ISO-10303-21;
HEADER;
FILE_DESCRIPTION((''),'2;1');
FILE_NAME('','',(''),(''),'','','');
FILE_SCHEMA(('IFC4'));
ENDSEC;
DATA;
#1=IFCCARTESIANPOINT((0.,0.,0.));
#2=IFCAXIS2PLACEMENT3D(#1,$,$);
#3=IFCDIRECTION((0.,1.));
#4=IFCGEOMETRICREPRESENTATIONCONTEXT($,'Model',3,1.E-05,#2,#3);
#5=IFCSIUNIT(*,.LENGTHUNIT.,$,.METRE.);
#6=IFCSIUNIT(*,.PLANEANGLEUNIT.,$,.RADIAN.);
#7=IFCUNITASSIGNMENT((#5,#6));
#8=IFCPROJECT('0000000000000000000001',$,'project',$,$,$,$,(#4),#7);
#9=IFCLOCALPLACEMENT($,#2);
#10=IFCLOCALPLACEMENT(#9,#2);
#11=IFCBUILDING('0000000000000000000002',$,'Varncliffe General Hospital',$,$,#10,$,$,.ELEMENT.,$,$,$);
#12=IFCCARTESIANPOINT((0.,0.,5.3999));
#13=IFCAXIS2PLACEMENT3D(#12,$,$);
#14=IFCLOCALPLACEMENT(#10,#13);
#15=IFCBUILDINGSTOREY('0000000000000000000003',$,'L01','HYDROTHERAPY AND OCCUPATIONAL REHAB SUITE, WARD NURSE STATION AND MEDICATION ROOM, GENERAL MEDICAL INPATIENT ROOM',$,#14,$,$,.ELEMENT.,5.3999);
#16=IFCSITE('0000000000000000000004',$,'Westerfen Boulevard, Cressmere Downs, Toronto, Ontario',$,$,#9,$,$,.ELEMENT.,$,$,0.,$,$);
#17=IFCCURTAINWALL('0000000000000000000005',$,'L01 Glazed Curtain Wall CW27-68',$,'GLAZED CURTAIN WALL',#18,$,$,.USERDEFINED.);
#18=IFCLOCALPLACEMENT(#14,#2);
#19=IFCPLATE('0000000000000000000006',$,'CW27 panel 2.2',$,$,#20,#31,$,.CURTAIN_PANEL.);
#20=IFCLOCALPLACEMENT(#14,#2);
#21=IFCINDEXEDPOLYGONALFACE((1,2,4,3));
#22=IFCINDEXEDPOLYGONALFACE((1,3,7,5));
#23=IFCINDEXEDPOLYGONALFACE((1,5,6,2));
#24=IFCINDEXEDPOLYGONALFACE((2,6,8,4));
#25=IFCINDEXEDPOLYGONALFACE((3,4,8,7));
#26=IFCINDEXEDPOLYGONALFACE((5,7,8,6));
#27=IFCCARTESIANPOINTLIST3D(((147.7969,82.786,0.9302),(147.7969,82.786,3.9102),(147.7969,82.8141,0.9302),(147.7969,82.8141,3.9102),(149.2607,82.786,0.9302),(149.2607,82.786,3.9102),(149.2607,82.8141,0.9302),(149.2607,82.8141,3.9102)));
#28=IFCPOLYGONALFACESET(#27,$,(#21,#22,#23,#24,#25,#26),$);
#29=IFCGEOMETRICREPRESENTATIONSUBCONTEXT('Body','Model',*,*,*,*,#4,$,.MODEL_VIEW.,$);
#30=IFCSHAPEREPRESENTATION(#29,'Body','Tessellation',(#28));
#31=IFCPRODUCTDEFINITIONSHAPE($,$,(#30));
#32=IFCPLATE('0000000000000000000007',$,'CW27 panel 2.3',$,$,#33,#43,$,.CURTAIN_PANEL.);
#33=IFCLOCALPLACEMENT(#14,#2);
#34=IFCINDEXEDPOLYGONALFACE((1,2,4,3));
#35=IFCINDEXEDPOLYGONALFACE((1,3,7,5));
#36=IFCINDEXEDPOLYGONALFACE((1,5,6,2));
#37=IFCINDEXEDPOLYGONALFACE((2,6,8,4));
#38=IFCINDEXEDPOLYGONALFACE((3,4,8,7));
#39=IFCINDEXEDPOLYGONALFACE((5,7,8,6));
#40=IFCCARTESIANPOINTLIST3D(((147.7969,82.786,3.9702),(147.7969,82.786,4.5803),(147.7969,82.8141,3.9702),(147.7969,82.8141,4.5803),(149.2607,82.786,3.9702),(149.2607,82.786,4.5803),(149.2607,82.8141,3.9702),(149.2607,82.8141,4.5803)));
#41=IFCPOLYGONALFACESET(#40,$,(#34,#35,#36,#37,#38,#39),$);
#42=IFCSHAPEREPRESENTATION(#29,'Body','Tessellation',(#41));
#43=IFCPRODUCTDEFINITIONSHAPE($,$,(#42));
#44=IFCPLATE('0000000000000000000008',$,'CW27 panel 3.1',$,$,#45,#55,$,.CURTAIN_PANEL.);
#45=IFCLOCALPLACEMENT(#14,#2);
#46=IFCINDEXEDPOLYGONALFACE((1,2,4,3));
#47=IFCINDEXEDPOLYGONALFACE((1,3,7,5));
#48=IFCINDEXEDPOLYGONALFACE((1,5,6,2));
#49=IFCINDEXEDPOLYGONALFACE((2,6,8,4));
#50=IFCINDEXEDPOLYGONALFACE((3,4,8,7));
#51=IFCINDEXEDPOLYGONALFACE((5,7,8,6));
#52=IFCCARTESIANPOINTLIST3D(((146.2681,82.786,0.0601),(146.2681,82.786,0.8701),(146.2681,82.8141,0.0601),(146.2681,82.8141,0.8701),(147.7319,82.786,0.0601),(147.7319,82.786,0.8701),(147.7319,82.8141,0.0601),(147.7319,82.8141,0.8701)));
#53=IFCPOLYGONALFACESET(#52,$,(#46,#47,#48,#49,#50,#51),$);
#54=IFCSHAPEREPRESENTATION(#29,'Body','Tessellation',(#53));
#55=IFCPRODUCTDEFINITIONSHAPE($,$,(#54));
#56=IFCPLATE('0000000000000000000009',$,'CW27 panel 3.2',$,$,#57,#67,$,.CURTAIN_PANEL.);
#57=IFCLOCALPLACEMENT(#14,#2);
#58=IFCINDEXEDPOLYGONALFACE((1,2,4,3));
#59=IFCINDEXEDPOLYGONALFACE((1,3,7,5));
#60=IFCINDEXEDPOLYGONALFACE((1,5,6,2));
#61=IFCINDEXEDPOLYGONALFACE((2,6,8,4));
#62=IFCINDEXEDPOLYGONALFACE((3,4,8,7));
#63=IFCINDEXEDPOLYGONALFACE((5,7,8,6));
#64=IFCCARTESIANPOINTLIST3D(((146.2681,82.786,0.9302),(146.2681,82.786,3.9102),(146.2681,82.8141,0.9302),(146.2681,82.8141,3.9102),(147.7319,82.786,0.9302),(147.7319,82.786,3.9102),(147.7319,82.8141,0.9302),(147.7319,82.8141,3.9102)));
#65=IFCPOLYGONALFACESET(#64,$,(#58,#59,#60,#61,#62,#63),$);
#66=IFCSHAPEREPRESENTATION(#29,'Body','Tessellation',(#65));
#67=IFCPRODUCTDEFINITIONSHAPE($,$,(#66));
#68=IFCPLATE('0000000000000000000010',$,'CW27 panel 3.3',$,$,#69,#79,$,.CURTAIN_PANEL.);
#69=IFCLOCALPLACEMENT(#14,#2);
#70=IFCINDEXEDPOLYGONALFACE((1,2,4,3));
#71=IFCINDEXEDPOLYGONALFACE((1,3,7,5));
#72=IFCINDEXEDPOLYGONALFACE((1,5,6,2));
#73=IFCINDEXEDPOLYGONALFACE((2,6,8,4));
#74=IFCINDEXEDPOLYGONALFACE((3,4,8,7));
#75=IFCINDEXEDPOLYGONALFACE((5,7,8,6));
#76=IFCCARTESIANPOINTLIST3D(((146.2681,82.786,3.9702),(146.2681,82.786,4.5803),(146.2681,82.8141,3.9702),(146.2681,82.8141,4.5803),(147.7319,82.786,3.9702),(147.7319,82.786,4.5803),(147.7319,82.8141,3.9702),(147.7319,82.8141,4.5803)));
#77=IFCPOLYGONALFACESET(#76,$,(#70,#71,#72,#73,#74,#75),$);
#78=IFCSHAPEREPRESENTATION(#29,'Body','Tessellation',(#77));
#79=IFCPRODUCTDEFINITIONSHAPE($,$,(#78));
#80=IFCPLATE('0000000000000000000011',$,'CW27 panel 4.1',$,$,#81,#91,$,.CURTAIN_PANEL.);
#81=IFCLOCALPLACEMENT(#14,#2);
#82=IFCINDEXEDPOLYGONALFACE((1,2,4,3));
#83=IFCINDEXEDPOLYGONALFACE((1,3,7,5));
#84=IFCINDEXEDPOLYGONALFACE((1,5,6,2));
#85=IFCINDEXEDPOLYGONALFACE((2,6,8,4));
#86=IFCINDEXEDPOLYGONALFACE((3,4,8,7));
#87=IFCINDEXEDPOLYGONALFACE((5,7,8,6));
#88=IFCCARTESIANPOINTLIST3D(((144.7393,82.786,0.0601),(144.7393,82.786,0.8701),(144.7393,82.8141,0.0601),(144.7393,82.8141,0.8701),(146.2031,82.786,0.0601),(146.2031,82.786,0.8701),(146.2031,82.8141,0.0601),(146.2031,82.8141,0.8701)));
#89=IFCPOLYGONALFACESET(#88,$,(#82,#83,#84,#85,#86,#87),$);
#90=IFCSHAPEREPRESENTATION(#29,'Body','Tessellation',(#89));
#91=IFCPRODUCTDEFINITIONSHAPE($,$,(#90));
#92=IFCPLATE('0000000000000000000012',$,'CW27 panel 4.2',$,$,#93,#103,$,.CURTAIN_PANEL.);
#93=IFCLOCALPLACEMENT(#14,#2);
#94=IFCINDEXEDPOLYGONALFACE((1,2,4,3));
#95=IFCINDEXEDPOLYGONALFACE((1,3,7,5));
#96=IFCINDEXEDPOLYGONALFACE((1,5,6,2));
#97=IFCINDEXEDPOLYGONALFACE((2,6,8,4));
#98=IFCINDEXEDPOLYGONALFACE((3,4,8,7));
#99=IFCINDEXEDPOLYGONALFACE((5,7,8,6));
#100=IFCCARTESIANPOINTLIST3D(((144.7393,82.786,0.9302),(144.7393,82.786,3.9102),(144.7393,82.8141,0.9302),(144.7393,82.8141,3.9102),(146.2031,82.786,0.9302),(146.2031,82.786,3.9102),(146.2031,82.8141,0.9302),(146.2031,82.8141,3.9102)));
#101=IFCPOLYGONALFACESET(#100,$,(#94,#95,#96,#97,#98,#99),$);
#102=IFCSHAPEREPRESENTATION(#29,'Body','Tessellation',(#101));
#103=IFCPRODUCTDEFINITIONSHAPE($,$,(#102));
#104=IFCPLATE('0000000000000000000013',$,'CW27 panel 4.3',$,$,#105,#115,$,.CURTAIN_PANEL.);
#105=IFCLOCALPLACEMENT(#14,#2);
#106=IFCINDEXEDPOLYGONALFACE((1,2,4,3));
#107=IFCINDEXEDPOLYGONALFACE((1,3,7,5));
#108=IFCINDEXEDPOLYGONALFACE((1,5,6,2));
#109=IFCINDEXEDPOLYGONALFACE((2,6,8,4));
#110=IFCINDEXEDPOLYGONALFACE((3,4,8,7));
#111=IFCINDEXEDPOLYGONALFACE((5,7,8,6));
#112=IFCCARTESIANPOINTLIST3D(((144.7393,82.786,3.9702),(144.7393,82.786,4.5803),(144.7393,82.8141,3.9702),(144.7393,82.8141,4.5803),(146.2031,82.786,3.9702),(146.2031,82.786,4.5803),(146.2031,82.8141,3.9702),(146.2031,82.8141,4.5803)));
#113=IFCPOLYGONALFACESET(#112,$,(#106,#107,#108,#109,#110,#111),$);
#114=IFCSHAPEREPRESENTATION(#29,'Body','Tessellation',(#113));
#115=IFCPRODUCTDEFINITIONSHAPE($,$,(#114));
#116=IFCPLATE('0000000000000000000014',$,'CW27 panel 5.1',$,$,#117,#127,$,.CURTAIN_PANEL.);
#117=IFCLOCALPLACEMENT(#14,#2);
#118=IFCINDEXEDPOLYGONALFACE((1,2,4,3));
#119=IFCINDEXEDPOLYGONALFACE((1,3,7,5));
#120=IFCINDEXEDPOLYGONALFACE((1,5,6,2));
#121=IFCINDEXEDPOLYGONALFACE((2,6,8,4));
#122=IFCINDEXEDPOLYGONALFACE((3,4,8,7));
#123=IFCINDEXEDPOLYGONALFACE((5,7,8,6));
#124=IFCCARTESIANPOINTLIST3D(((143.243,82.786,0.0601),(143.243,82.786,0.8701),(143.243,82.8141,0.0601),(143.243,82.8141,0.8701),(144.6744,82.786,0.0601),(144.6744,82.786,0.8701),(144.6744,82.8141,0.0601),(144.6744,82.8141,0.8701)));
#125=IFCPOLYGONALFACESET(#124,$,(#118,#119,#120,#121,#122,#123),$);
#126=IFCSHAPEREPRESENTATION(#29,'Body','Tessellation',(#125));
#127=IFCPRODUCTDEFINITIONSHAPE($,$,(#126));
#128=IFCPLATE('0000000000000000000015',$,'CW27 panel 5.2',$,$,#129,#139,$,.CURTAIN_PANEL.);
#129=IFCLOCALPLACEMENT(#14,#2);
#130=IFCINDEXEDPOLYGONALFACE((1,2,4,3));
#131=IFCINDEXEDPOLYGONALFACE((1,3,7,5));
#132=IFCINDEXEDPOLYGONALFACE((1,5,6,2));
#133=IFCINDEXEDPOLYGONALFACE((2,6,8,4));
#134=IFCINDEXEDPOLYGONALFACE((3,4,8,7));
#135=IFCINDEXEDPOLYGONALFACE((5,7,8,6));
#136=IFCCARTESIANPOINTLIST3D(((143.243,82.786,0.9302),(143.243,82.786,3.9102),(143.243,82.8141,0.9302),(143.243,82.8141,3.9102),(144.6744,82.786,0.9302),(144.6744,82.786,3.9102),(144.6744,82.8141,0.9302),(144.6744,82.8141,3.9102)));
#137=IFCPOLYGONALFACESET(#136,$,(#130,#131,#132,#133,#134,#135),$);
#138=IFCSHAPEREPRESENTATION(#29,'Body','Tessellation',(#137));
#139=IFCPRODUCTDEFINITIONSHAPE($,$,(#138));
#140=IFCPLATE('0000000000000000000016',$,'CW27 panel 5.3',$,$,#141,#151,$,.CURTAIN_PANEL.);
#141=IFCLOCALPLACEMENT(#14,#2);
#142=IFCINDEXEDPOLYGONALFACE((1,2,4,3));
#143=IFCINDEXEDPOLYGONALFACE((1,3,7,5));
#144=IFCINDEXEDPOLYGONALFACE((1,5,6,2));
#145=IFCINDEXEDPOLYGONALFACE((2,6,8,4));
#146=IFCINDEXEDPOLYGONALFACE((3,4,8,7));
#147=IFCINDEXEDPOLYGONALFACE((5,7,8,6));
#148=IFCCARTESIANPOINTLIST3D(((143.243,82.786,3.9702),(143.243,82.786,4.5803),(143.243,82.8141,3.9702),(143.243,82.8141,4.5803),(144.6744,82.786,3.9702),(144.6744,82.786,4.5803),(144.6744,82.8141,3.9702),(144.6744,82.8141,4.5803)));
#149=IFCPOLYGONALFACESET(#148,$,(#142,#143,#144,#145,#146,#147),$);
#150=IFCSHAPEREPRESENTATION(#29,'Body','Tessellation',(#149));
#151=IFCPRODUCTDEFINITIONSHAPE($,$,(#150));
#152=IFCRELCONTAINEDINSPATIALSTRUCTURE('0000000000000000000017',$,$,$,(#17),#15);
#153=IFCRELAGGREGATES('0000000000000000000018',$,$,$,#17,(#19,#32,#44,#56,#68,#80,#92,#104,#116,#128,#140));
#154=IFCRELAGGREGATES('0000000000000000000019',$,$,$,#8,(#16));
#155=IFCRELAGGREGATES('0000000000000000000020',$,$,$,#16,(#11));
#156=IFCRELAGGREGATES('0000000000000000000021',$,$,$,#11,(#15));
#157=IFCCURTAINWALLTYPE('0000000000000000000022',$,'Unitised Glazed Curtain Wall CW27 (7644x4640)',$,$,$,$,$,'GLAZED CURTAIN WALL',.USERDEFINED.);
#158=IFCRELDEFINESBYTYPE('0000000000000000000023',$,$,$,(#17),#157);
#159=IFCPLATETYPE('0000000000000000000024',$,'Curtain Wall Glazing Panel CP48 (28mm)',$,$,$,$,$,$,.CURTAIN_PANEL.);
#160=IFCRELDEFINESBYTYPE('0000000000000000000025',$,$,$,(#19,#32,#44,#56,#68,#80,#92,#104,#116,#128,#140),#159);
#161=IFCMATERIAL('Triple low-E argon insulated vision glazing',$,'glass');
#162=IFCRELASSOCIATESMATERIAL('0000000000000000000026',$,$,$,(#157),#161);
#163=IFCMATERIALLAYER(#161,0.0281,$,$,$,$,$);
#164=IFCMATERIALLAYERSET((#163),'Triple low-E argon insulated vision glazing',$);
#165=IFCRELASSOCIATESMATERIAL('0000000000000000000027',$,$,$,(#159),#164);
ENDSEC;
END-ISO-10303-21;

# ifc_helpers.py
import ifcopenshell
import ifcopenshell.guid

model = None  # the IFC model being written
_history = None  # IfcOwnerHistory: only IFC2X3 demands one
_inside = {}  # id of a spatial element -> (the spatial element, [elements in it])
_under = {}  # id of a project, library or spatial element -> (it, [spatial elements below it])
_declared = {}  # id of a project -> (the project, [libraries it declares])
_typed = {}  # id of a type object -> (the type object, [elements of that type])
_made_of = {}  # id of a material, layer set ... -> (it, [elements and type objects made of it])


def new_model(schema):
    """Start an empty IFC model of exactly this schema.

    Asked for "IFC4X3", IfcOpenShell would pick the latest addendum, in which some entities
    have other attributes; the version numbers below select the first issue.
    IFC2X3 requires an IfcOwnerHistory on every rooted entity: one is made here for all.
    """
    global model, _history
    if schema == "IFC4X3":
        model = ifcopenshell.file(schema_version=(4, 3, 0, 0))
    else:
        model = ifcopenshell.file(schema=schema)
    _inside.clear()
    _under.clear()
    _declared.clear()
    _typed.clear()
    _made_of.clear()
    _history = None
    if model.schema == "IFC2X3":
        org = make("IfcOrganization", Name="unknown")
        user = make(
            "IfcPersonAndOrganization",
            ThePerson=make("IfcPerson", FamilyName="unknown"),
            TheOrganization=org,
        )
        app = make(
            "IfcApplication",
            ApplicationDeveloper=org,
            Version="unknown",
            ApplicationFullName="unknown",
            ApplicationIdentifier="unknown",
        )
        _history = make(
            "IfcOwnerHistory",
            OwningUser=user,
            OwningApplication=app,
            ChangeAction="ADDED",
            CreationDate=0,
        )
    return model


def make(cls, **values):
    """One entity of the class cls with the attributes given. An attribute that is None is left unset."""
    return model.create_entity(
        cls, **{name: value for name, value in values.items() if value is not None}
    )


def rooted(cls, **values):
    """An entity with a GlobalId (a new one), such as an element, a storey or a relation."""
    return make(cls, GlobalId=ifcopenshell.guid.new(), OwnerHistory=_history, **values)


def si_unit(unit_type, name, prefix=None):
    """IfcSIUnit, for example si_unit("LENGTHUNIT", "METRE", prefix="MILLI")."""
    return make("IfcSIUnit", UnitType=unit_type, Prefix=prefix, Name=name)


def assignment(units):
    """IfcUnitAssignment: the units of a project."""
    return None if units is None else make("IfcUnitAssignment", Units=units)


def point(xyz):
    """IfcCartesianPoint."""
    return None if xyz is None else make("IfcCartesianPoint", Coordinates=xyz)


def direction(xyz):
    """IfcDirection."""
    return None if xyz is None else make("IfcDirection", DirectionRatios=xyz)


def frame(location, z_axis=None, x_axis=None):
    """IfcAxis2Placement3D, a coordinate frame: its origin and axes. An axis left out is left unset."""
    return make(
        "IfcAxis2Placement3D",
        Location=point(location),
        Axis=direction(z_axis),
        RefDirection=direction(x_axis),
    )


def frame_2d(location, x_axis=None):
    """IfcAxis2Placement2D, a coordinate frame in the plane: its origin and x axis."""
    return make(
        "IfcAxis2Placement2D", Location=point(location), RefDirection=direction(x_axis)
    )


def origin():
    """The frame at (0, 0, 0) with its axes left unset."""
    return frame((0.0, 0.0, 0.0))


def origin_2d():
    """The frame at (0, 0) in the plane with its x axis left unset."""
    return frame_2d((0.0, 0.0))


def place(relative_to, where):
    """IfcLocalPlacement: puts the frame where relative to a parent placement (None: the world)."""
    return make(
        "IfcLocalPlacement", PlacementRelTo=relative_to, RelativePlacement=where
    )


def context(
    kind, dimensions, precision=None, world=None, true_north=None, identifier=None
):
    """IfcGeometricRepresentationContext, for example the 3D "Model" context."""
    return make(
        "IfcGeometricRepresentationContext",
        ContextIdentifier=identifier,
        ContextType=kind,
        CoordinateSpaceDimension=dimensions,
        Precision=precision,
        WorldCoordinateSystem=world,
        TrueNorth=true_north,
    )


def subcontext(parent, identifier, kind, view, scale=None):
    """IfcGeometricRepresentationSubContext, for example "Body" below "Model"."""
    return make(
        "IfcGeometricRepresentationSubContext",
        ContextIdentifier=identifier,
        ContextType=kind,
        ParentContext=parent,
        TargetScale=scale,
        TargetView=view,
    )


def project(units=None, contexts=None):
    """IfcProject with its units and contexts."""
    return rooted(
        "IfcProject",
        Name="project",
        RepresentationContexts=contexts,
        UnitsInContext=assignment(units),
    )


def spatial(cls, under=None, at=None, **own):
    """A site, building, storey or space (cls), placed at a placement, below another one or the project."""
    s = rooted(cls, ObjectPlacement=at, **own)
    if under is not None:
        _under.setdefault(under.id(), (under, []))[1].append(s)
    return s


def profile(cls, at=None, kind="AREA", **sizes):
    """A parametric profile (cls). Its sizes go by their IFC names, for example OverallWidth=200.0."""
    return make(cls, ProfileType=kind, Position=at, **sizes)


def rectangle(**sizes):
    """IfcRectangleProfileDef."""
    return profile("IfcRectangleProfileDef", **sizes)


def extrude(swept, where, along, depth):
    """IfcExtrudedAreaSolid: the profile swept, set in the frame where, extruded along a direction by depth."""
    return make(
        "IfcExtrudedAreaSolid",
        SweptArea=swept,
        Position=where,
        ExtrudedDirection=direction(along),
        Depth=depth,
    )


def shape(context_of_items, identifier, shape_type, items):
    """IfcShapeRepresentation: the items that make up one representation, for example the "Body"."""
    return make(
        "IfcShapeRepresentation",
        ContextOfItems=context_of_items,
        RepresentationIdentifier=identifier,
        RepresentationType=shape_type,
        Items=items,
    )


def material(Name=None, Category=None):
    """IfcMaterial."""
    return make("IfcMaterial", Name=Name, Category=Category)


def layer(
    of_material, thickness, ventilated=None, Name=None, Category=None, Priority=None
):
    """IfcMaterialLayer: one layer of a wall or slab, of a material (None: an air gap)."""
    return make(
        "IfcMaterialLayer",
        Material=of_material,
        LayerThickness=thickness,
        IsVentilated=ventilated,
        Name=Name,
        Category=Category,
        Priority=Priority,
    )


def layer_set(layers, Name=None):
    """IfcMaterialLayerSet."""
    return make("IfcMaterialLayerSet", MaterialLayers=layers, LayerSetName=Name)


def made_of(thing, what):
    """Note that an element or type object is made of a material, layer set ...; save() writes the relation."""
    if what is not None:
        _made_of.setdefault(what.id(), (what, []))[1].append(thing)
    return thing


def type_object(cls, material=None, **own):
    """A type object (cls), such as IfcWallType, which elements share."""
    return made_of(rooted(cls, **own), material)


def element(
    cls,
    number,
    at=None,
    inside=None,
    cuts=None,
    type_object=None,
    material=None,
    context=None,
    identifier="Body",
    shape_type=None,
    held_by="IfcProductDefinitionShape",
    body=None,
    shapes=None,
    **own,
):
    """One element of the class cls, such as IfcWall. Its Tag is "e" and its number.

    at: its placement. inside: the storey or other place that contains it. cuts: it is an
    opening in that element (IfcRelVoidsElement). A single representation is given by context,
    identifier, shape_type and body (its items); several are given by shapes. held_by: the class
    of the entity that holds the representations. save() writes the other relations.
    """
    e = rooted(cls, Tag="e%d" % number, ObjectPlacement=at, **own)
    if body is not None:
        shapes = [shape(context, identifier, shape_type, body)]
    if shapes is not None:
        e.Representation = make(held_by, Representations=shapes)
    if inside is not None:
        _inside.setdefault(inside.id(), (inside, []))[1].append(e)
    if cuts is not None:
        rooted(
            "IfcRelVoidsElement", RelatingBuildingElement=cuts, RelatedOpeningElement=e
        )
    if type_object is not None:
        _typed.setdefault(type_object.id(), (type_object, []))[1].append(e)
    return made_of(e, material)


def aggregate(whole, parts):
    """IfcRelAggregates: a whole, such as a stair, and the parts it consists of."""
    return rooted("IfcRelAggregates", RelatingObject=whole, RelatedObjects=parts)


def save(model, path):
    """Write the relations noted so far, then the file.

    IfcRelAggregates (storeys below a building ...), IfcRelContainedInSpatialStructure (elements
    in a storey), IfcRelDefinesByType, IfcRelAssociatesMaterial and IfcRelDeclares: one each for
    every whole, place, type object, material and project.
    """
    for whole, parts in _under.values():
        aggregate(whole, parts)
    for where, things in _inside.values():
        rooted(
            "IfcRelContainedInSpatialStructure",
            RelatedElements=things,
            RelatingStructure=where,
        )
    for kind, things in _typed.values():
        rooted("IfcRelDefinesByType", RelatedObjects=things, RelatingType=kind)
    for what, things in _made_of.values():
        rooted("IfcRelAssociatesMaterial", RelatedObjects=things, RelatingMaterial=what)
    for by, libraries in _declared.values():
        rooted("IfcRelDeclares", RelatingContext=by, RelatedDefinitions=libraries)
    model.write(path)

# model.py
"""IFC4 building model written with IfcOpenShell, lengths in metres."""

from ifc_helpers import new_model, si_unit, direction, frame, origin, origin_2d, place, context, subcontext, project, spatial, rectangle, extrude, material, layer, layer_set, type_object, element, aggregate, save


model = new_model("IFC4")

# Units and contexts
model_context = context("Model", 3, precision=1e-05, world=origin(), true_north=direction((0.0, 1.0)))
body_context = subcontext(model_context, "Body", "Model", "MODEL_VIEW")
ifc_project = project(units=[si_unit("LENGTHUNIT", "METRE"), si_unit("PLANEANGLEUNIT", "RADIAN")], contexts=[model_context])

# Site, building, storey
site_placement = place(None, origin())
site = spatial("IfcSite", under=ifc_project, at=site_placement, Name="Westerfen Boulevard, Cressmere Downs, Toronto, Ontario", CompositionType="ELEMENT", RefElevation=0.0)
building_placement = place(site_placement, origin())
building = spatial("IfcBuilding", under=site, at=building_placement, Name="Varncliffe General Hospital", CompositionType="ELEMENT")
storey_placement = place(building_placement, frame((0.0, 0.0, 5.3999)))
storey = spatial("IfcBuildingStorey", under=building, at=storey_placement, Name="L01", Description="HYDROTHERAPY AND OCCUPATIONAL REHAB SUITE, WARD NURSE STATION AND MEDICATION ROOM, GENERAL MEDICAL INPATIENT ROOM", CompositionType="ELEMENT", Elevation=5.3999)

# Curtain wall
ifc_material_1 = material(Name="Triple low-E argon insulated vision glazing", Category="glass")
curtain_wall_type_1 = type_object("IfcCurtainWallType", Name="Unitised Glazed Curtain Wall CW27 (7644x4640)", ElementType="GLAZED CURTAIN WALL", PredefinedType="USERDEFINED", material=ifc_material_1)
curtain_wall_1_placement = place(storey_placement, origin())
curtain_wall_1 = element("IfcCurtainWall", 1, at=curtain_wall_1_placement, inside=storey, type_object=curtain_wall_type_1, Name="L01 Glazed Curtain Wall CW27-68", ObjectType="GLAZED CURTAIN WALL", PredefinedType="USERDEFINED")

# Plates
ifc_layer = layer(ifc_material_1, 0.0281)
ifc_layer_set = layer_set([ifc_layer], Name="Triple low-E argon insulated vision glazing")
plate_type = type_object("IfcPlateType", Name="Curtain Wall Glazing Panel CP48 (28mm)", PredefinedType="CURTAIN_PANEL", material=ifc_layer_set)
plate_1_placement = place(storey_placement, frame((148.5288, 82.8, 0.9302), z_axis=(0.0, 0.0, 1.0), x_axis=(-1.0, 0.0, 0.0)))
plate_1 = element("IfcPlate", 2, at=plate_1_placement, type_object=plate_type, Name="CW27 panel 2.2", PredefinedType="CURTAIN_PANEL", context=body_context, shape_type="SweptSolid", body=[
    extrude(rectangle(XDim=1.4639, YDim=0.0281, at=origin_2d()), origin(), (0.0, 0.0, 1.0), 2.98),
])
plate_2_placement = place(storey_placement, frame((148.5288, 82.8, 3.9702), z_axis=(0.0, 0.0, 1.0), x_axis=(-1.0, 0.0, 0.0)))
plate_2 = element("IfcPlate", 3, at=plate_2_placement, type_object=plate_type, Name="CW27 panel 2.3", PredefinedType="CURTAIN_PANEL", context=body_context, shape_type="SweptSolid", body=[
    extrude(rectangle(XDim=1.4639, YDim=0.0281, at=origin_2d()), origin(), (0.0, 0.0, 1.0), 0.6101),
])
plate_3_placement = place(storey_placement, frame((147.0, 82.8, 0.0601), z_axis=(0.0, 0.0, 1.0), x_axis=(-1.0, 0.0, 0.0)))
plate_3 = element("IfcPlate", 4, at=plate_3_placement, type_object=plate_type, Name="CW27 panel 3.1", PredefinedType="CURTAIN_PANEL", context=body_context, shape_type="SweptSolid", body=[
    extrude(rectangle(XDim=1.4639, YDim=0.0281, at=origin_2d()), origin(), (0.0, 0.0, 1.0), 0.8101),
])
plate_4_placement = place(storey_placement, frame((147.0, 82.8, 0.9302), z_axis=(0.0, 0.0, 1.0), x_axis=(-1.0, 0.0, 0.0)))
plate_4 = element("IfcPlate", 5, at=plate_4_placement, type_object=plate_type, Name="CW27 panel 3.2", PredefinedType="CURTAIN_PANEL", context=body_context, shape_type="SweptSolid", body=[
    extrude(rectangle(XDim=1.4639, YDim=0.0281, at=origin_2d()), origin(), (0.0, 0.0, 1.0), 2.98),
])
plate_5_placement = place(storey_placement, frame((147.0, 82.8, 3.9702), z_axis=(0.0, 0.0, 1.0), x_axis=(-1.0, 0.0, 0.0)))
plate_5 = element("IfcPlate", 6, at=plate_5_placement, type_object=plate_type, Name="CW27 panel 3.3", PredefinedType="CURTAIN_PANEL", context=body_context, shape_type="SweptSolid", body=[
    extrude(rectangle(XDim=1.4639, YDim=0.0281, at=origin_2d()), origin(), (0.0, 0.0, 1.0), 0.6101),
])
plate_6_placement = place(storey_placement, frame((145.4712, 82.8, 0.0601), z_axis=(0.0, 0.0, 1.0), x_axis=(-1.0, 0.0, 0.0)))
plate_6 = element("IfcPlate", 7, at=plate_6_placement, type_object=plate_type, Name="CW27 panel 4.1", PredefinedType="CURTAIN_PANEL", context=body_context, shape_type="SweptSolid", body=[
    extrude(rectangle(XDim=1.4639, YDim=0.0281, at=origin_2d()), origin(), (0.0, 0.0, 1.0), 0.8101),
])
plate_7_placement = place(storey_placement, frame((145.4712, 82.8, 0.9302), z_axis=(0.0, 0.0, 1.0), x_axis=(-1.0, 0.0, 0.0)))
plate_7 = element("IfcPlate", 8, at=plate_7_placement, type_object=plate_type, Name="CW27 panel 4.2", PredefinedType="CURTAIN_PANEL", context=body_context, shape_type="SweptSolid", body=[
    extrude(rectangle(XDim=1.4639, YDim=0.0281, at=origin_2d()), origin(), (0.0, 0.0, 1.0), 2.98),
])
plate_8_placement = place(storey_placement, frame((145.4712, 82.8, 3.9702), z_axis=(0.0, 0.0, 1.0), x_axis=(-1.0, 0.0, 0.0)))
plate_8 = element("IfcPlate", 9, at=plate_8_placement, type_object=plate_type, Name="CW27 panel 4.3", PredefinedType="CURTAIN_PANEL", context=body_context, shape_type="SweptSolid", body=[
    extrude(rectangle(XDim=1.4639, YDim=0.0281, at=origin_2d()), origin(), (0.0, 0.0, 1.0), 0.6101),
])
plate_9_placement = place(storey_placement, frame((143.9587, 82.8, 0.0601), z_axis=(0.0, 0.0, 1.0), x_axis=(-1.0, 0.0, 0.0)))
plate_9 = element("IfcPlate", 10, at=plate_9_placement, type_object=plate_type, Name="CW27 panel 5.1", PredefinedType="CURTAIN_PANEL", context=body_context, shape_type="SweptSolid", body=[
    extrude(rectangle(XDim=1.4314, YDim=0.0281, at=origin_2d()), origin(), (0.0, 0.0, 1.0), 0.8101),
])
plate_10_placement = place(storey_placement, frame((143.9587, 82.8, 0.9302), z_axis=(0.0, 0.0, 1.0), x_axis=(-1.0, 0.0, 0.0)))
plate_10 = element("IfcPlate", 11, at=plate_10_placement, type_object=plate_type, Name="CW27 panel 5.2", PredefinedType="CURTAIN_PANEL", context=body_context, shape_type="SweptSolid", body=[
    extrude(rectangle(XDim=1.4314, YDim=0.0281, at=origin_2d()), origin(), (0.0, 0.0, 1.0), 2.98),
])
plate_11_placement = place(storey_placement, frame((143.9587, 82.8, 3.9702), z_axis=(0.0, 0.0, 1.0), x_axis=(-1.0, 0.0, 0.0)))
plate_11 = element("IfcPlate", 12, at=plate_11_placement, type_object=plate_type, Name="CW27 panel 5.3", PredefinedType="CURTAIN_PANEL", context=body_context, shape_type="SweptSolid", body=[
    extrude(rectangle(XDim=1.4314, YDim=0.0281, at=origin_2d()), origin(), (0.0, 0.0, 1.0), 0.6101),
])
aggregate(curtain_wall_1, [plate_1, plate_2, plate_3, plate_4, plate_5, plate_6, plate_7, plate_8, plate_9, plate_10, plate_11])

save(model, "model.ifc")
